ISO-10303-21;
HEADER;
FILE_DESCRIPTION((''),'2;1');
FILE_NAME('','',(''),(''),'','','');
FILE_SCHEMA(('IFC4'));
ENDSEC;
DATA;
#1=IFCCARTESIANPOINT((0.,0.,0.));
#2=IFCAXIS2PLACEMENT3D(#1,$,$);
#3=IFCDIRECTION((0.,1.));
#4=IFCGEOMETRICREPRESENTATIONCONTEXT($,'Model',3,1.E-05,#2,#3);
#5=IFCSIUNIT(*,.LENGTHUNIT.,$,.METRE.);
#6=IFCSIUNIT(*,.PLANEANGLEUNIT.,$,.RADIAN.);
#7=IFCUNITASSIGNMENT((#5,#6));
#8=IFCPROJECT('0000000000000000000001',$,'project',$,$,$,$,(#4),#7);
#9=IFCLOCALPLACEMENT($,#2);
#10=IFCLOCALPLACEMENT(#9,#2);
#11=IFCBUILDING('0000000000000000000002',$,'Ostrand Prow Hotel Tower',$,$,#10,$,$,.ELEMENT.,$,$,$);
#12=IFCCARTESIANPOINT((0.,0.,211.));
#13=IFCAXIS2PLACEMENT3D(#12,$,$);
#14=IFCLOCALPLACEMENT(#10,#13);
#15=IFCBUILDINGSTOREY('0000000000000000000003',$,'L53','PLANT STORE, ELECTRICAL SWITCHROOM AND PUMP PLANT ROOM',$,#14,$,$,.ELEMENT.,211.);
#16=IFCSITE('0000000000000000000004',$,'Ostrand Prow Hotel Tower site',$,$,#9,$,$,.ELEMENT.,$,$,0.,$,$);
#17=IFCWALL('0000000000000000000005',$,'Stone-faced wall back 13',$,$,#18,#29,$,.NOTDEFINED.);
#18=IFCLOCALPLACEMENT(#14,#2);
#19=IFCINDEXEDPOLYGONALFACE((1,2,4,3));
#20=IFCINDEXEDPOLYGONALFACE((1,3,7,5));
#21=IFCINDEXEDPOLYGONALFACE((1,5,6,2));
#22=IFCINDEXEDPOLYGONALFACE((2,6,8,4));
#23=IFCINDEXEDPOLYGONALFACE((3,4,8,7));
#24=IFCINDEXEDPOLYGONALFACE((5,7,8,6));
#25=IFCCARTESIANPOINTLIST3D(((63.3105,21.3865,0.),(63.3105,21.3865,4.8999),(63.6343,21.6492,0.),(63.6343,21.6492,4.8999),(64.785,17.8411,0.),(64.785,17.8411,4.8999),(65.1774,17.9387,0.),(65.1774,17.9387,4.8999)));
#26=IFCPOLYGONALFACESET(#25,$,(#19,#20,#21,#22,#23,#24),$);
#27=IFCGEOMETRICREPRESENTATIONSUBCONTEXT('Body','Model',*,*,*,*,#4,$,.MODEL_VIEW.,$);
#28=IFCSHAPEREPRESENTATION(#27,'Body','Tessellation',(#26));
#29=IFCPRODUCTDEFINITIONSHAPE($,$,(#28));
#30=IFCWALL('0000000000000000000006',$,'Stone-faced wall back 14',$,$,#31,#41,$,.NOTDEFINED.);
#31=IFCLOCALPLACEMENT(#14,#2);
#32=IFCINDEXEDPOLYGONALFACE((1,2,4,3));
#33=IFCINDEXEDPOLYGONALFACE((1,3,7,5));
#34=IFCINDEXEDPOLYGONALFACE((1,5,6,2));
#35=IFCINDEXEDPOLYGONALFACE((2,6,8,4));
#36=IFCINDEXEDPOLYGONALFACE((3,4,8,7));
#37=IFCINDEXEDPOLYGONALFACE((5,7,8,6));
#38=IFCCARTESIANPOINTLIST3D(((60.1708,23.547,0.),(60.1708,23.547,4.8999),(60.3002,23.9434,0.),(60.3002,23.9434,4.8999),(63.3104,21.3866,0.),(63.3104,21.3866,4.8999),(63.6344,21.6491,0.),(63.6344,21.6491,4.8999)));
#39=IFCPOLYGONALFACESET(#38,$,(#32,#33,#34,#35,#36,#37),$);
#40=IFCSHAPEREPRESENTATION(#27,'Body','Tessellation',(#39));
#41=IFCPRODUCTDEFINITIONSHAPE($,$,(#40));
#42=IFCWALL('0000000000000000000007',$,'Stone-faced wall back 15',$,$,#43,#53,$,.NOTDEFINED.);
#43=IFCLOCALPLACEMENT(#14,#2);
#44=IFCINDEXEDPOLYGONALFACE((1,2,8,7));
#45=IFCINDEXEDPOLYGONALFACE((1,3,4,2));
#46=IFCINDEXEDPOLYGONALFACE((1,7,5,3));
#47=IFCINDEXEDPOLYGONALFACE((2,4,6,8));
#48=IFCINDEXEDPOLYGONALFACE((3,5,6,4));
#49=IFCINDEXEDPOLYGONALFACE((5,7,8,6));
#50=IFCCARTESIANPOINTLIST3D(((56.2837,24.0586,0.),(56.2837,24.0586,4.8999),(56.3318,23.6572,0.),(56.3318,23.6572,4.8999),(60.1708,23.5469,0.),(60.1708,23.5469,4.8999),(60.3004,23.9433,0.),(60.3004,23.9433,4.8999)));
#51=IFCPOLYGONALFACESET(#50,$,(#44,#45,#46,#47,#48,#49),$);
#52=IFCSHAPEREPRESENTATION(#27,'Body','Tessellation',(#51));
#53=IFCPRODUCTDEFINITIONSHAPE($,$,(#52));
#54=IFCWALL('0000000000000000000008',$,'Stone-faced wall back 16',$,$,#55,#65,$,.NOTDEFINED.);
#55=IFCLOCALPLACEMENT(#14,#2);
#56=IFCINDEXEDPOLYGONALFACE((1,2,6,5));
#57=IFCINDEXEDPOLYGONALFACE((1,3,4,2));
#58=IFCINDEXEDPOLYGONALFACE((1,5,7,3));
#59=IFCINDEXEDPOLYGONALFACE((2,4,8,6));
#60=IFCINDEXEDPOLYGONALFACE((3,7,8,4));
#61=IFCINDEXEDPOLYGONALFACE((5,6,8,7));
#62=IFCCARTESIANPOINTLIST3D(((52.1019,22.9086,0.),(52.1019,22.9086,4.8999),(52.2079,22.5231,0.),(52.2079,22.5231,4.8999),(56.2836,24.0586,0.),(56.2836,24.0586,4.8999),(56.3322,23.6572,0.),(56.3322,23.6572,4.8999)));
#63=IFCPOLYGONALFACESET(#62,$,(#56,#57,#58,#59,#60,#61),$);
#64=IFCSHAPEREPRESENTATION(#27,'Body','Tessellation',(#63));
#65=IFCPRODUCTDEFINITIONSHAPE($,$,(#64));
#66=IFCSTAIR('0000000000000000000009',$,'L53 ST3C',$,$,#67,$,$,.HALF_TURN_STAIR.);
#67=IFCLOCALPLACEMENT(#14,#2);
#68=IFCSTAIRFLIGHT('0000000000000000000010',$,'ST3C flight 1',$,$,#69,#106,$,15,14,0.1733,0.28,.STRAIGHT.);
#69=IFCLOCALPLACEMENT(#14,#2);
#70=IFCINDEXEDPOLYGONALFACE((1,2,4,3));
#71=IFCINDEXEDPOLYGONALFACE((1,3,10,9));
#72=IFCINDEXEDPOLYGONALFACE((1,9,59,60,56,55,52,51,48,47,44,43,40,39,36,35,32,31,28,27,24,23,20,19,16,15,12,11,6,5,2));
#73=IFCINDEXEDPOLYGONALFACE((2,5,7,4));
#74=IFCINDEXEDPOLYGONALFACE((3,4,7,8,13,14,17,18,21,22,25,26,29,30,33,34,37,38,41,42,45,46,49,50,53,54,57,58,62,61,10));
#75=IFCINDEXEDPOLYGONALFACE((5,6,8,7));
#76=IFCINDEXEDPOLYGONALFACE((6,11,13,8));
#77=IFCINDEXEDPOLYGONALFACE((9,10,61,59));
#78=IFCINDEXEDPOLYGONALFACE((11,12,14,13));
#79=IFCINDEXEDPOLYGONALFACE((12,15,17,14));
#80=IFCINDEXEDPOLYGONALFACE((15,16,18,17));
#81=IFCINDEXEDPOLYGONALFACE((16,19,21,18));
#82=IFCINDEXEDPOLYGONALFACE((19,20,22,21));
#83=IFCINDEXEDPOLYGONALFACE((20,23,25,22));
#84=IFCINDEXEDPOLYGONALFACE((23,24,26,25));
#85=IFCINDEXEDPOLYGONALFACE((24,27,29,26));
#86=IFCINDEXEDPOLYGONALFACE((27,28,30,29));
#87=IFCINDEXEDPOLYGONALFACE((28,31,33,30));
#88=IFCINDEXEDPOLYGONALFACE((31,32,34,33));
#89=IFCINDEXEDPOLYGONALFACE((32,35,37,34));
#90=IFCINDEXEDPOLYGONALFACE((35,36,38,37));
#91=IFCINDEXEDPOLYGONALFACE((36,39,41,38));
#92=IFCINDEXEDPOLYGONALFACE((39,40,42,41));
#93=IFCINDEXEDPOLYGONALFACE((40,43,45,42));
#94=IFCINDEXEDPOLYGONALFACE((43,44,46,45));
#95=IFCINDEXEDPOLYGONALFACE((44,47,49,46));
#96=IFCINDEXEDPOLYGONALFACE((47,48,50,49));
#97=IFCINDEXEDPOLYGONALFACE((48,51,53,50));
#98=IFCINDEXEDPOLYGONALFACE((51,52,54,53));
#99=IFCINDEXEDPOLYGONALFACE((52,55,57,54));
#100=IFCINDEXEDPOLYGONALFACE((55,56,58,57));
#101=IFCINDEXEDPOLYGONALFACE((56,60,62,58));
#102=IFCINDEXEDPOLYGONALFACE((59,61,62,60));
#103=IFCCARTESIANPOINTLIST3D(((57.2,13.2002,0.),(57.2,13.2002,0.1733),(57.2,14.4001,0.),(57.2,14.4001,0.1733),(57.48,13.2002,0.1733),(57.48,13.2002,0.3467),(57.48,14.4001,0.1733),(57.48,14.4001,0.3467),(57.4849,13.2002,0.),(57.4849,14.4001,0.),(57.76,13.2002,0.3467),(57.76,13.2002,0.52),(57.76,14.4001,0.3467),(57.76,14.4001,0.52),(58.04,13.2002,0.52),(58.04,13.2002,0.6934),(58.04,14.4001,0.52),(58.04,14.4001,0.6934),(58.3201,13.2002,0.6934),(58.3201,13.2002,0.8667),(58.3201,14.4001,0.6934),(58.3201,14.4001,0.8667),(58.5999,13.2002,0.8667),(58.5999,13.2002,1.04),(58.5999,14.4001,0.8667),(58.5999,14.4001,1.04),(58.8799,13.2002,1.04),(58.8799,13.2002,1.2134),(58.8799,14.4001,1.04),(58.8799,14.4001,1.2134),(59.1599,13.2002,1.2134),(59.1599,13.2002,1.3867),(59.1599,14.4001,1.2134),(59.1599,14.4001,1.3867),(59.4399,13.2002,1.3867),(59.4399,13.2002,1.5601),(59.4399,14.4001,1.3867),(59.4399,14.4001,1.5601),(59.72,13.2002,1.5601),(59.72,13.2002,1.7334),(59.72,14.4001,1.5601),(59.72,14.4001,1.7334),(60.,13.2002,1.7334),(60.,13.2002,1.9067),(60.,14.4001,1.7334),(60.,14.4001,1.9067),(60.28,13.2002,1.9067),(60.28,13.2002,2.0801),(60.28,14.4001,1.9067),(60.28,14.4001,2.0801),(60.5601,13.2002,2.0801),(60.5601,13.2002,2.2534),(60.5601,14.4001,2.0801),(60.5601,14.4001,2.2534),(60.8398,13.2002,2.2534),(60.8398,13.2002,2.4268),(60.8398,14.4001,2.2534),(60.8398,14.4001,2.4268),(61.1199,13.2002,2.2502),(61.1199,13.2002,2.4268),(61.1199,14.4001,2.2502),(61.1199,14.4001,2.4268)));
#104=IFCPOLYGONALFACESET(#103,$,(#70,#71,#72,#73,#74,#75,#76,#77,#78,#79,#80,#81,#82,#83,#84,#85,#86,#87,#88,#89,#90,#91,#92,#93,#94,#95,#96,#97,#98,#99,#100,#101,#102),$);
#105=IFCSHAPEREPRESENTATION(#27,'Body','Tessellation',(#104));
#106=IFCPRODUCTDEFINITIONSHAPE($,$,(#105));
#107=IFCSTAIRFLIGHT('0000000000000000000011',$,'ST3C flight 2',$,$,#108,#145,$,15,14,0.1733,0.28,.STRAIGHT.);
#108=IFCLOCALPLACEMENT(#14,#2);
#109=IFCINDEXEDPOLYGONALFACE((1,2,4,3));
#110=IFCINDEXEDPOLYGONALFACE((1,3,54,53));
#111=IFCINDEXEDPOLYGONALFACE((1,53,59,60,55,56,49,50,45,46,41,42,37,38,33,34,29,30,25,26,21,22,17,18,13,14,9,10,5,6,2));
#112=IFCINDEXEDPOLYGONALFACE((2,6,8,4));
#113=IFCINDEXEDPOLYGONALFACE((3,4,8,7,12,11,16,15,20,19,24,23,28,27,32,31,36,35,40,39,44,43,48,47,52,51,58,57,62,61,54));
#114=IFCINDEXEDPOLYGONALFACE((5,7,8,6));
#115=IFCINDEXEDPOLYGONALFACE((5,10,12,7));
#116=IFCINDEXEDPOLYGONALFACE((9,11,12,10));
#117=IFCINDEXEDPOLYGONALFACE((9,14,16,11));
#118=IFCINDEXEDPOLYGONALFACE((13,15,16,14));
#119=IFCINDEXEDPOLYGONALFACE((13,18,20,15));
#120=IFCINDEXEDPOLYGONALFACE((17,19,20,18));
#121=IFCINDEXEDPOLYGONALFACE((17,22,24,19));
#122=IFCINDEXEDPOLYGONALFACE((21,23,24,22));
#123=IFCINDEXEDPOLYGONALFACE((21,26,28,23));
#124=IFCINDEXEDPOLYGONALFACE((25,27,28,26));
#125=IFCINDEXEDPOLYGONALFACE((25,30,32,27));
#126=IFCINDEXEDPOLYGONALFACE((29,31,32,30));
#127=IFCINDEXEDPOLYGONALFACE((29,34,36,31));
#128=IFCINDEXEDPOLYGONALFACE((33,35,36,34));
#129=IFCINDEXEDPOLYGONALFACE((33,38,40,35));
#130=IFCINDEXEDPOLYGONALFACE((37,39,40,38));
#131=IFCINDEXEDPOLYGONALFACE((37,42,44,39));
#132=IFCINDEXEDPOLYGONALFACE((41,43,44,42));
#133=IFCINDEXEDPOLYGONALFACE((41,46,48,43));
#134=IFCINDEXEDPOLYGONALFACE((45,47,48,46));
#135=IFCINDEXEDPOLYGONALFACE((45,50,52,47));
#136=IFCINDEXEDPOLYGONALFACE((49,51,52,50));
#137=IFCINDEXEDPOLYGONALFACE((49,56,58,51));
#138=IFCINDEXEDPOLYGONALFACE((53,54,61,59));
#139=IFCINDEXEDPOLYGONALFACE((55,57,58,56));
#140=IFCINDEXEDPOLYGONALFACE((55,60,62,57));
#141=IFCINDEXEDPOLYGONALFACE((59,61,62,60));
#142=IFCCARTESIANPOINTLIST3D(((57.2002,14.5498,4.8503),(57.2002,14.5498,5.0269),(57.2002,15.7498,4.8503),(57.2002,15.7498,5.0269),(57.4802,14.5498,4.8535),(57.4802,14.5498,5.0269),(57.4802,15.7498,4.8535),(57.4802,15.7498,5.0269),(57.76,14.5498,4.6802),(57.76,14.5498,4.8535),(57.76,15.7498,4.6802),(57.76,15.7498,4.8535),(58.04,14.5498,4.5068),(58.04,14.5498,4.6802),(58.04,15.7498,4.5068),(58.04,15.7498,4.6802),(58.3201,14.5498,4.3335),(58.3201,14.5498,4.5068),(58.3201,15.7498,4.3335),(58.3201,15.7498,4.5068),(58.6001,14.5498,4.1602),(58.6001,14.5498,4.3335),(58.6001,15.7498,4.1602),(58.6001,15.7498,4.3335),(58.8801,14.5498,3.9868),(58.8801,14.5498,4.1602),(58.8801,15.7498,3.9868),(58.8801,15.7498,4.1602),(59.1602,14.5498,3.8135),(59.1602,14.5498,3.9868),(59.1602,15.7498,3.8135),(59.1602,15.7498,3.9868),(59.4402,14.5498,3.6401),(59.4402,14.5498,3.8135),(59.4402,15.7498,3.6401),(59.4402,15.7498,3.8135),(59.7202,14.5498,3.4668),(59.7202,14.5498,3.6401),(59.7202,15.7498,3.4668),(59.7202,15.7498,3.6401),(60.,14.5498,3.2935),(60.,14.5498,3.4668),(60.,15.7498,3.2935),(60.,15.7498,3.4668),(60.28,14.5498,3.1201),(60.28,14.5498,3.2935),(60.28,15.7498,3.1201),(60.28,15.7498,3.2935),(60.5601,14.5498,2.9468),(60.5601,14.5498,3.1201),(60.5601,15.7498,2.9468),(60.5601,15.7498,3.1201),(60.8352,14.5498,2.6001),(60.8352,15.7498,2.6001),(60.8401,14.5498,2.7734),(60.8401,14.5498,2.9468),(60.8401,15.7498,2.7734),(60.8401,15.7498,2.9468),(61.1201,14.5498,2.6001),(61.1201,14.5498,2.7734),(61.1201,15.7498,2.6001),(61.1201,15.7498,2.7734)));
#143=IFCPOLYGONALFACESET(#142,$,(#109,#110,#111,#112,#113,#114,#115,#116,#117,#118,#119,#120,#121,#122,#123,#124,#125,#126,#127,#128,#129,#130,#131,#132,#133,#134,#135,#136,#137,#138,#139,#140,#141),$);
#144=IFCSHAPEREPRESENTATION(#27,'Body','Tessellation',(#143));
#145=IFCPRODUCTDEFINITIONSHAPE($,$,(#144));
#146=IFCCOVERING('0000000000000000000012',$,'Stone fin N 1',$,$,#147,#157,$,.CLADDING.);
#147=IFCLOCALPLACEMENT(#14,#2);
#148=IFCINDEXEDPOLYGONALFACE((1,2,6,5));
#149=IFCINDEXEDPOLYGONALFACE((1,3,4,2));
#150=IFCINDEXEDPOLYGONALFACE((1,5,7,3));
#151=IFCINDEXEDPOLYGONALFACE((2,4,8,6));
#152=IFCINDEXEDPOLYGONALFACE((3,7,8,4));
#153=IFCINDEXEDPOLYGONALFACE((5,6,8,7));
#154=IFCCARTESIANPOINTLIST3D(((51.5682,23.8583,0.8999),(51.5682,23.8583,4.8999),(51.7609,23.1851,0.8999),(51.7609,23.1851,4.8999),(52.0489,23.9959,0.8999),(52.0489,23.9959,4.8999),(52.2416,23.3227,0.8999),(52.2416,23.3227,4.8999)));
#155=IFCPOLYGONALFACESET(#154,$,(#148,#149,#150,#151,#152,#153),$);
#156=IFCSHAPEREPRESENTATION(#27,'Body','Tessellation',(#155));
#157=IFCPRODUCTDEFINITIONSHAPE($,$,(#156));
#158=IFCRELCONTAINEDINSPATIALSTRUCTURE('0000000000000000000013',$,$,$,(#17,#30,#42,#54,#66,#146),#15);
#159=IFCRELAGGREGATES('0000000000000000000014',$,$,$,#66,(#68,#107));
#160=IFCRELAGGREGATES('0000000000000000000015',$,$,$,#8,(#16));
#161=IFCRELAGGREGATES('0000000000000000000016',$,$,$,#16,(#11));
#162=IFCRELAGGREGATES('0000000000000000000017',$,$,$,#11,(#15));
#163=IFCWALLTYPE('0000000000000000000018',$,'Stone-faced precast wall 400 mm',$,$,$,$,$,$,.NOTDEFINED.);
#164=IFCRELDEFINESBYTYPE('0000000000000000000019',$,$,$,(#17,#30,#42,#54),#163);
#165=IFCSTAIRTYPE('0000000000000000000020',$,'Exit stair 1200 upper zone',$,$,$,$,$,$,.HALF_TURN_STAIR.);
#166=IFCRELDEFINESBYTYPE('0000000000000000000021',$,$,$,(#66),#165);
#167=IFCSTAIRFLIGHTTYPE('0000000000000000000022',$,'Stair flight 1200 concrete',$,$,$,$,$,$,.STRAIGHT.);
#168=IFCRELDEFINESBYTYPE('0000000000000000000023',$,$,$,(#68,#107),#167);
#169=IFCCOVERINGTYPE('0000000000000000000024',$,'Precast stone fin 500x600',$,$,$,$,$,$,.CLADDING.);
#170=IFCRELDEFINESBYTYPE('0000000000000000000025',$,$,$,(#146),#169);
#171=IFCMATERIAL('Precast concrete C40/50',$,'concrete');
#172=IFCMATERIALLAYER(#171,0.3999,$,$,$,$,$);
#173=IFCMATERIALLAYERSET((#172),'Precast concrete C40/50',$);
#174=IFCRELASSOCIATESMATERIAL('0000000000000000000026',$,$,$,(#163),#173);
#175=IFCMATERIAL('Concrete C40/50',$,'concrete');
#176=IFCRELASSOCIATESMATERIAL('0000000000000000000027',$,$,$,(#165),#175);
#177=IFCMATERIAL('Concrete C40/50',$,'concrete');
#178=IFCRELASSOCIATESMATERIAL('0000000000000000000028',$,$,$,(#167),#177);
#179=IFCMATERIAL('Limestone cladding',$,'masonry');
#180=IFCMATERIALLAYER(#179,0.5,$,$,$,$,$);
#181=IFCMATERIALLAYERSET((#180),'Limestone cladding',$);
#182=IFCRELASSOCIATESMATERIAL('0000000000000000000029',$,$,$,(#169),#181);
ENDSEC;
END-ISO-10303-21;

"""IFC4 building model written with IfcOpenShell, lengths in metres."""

from ifc_helpers import new_model, si_unit, direction, frame, frame_2d, origin, place, context, subcontext, project, spatial, polyline, rectangle, outline, extrude, material, layer, layer_set, type_object, element, aggregate, save


model = new_model("IFC4")

# Units and contexts
model_context = context("Model", 3, precision=1e-05, world=origin(), true_north=direction((0.0, 1.0)))
body_context = subcontext(model_context, "Body", "Model", "MODEL_VIEW")
ifc_project = project(units=[si_unit("LENGTHUNIT", "METRE"), si_unit("PLANEANGLEUNIT", "RADIAN")], contexts=[model_context])

# Site, building, storey
site_placement = place(None, origin())
site = spatial("IfcSite", under=ifc_project, at=site_placement, Name="Ostrand Prow Hotel Tower site", CompositionType="ELEMENT", RefElevation=0.0)
building_placement = place(site_placement, origin())
building = spatial("IfcBuilding", under=site, at=building_placement, Name="Ostrand Prow Hotel Tower", CompositionType="ELEMENT")
storey_placement = place(building_placement, frame((0.0, 0.0, 211.0)))
storey = spatial("IfcBuildingStorey", under=building, at=storey_placement, Name="L53", Description="PLANT STORE, ELECTRICAL SWITCHROOM AND PUMP PLANT ROOM", CompositionType="ELEMENT", Elevation=211.0)

# Walls
ifc_material_1 = material(Name="Precast concrete C40/50", Category="concrete")
ifc_layer_1 = layer(ifc_material_1, 0.3999)
ifc_layer_set_1 = layer_set([ifc_layer_1], Name="Precast concrete C40/50")
wall_type_1 = type_object("IfcWallType", Name="Stone-faced precast wall 400 mm", PredefinedType="NOTDEFINED", material=ifc_layer_set_1)
wall_1_placement = place(storey_placement, frame((64.9812, 17.8899, 0.0), z_axis=(0.0, 0.0, 1.0), x_axis=(-0.383998, 0.923334, 0.0)))
element("IfcWall", 1, at=wall_1_placement, inside=storey, type_object=wall_type_1, Name="Stone-faced wall back 13", PredefinedType="NOTDEFINED", context=body_context, shape_type="SweptSolid", body=[
    extrude(outline(polyline([(-0.0303, -0.2), (3.9883, -0.2), (3.8701, 0.2), (0.0303, 0.2), (-0.0303, -0.2)])), origin(), (0.0, 0.0, 1.0), 4.8999),
])
wall_2_placement = place(storey_placement, frame((63.4724, 21.5178, 0.0), z_axis=(0.0, 0.0, 1.0), x_axis=(-0.823806, 0.566872, 0.0)))
element("IfcWall", 2, at=wall_2_placement, inside=storey, type_object=wall_type_1, Name="Stone-faced wall back 14", PredefinedType="NOTDEFINED", context=body_context, shape_type="SweptSolid", body=[
    extrude(outline(polyline([(-0.0591, -0.2), (3.9883, -0.2), (3.8701, 0.2), (0.0591, 0.2), (-0.0591, -0.2)])), origin(), (0.0, 0.0, 1.0), 4.8999),
])
wall_3_placement = place(storey_placement, frame((60.2356, 23.7451, 0.0), z_axis=(0.0, 0.0, 1.0), x_axis=(-0.999588, 0.028705, 0.0)))
element("IfcWall", 3, at=wall_3_placement, inside=storey, type_object=wall_type_1, Name="Stone-faced wall back 15", PredefinedType="NOTDEFINED", context=body_context, shape_type="SweptSolid", body=[
    extrude(outline(polyline([(-0.0591, -0.2), (3.9592, -0.2), (3.8997, 0.2), (0.0591, 0.2), (-0.0591, -0.2)])), origin(), (0.0, 0.0, 1.0), 4.8999),
])
wall_4_placement = place(storey_placement, frame((56.3079, 23.8579, 0.0), z_axis=(0.0, 0.0, 1.0), x_axis=(-0.964206, -0.265155, 0.0)))
element("IfcWall", 4, at=wall_4_placement, inside=storey, type_object=wall_type_1, Name="Stone-faced wall back 16", PredefinedType="NOTDEFINED", context=body_context, shape_type="SweptSolid", body=[
    extrude(outline(polyline([(-0.0298, -0.2), (4.3071, -0.2), (4.3071, 0.2), (0.0298, 0.2), (-0.0298, -0.2)])), origin(), (0.0, 0.0, 1.0), 4.8999),
])

# Stair, stair flights
ifc_material_2 = material(Name="Concrete C40/50", Category="concrete")
stair_type = type_object("IfcStairType", Name="Exit stair 1200 upper zone", PredefinedType="HALF_TURN_STAIR", material=ifc_material_2)
stair_placement = place(storey_placement, origin())
stair = element("IfcStair", 5, at=stair_placement, inside=storey, type_object=stair_type, Name="L53 ST3C", PredefinedType="HALF_TURN_STAIR")
ifc_material_3 = material(Name="Concrete C40/50", Category="concrete")
stair_flight_type = type_object("IfcStairFlightType", Name="Stair flight 1200 concrete", PredefinedType="STRAIGHT", material=ifc_material_3)
stair_flight_1_placement = place(storey_placement, frame((57.2, 13.8, 0.0), z_axis=(0.0, 0.0, 1.0), x_axis=(1.0, 0.0, 0.0)))
stair_flight_1 = element("IfcStairFlight", 6, at=stair_flight_1_placement, type_object=stair_flight_type, Name="ST3C flight 1", NumberOfRisers=15, NumberOfTreads=14, PredefinedType="STRAIGHT", RiserHeight=0.1733, TreadLength=0.28, context=body_context, shape_type="SweptSolid", body=[
    extrude(outline(polyline([(0.0, 0.0), (0.0, 0.1733), (0.28, 0.1733), (0.28, 0.3467), (0.5601, 0.3467), (0.5601, 0.52), (0.8401, 0.52), (0.8401, 0.6934), (1.1201, 0.6934), (1.1201, 0.8667), (1.3999, 0.8667), (1.3999, 1.04), (1.6799, 1.04), (1.6799, 1.2134), (1.96, 1.2134), (1.96, 1.3867), (2.24, 1.3867), (2.24, 1.5601), (2.52, 1.5601), (2.52, 1.7334), (2.8, 1.7334), (2.8, 1.9067), (3.0801, 1.9067), (3.0801, 2.0801), (3.3601, 2.0801), (3.3601, 2.2534), (3.6399, 2.2534), (3.6399, 2.4268), (3.9199, 2.4268), (3.9199, 2.6001), (3.9199, 2.2502), (0.2849, 0.0), (0.0, 0.0)])), frame((0.0, 0.6001, 0.0), z_axis=(0.0, -1.0, 0.0), x_axis=(1.0, 0.0, 0.0)), (0.0, 0.0, 1.0), 1.2),
])
stair_flight_2_placement = place(storey_placement, frame((61.1201, 15.1499, 2.6001), z_axis=(0.0, 0.0, 1.0), x_axis=(-1.0, 0.0, 0.0)))
stair_flight_2 = element("IfcStairFlight", 7, at=stair_flight_2_placement, type_object=stair_flight_type, Name="ST3C flight 2", NumberOfRisers=15, NumberOfTreads=14, PredefinedType="STRAIGHT", RiserHeight=0.1733, TreadLength=0.28, context=body_context, shape_type="SweptSolid", body=[
    extrude(outline(polyline([(0.0, 0.0), (0.0, 0.1733), (0.28, 0.1733), (0.28, 0.3467), (0.5601, 0.3467), (0.5601, 0.52), (0.8401, 0.52), (0.8401, 0.6934), (1.1201, 0.6934), (1.1201, 0.8667), (1.3999, 0.8667), (1.3999, 1.04), (1.6799, 1.04), (1.6799, 1.2134), (1.96, 1.2134), (1.96, 1.3867), (2.24, 1.3867), (2.24, 1.5601), (2.52, 1.5601), (2.52, 1.7334), (2.8, 1.7334), (2.8, 1.9067), (3.0801, 1.9067), (3.0801, 2.0801), (3.3601, 2.0801), (3.3601, 2.2534), (3.6399, 2.2534), (3.6399, 2.4268), (3.9199, 2.4268), (3.9199, 2.6001), (3.9199, 2.2502), (0.2849, 0.0), (0.0, 0.0)])), frame((0.0, 0.6001, 0.0), z_axis=(0.0, -1.0, 0.0), x_axis=(1.0, 0.0, 0.0)), (0.0, 0.0, 1.0), 1.2),
])
aggregate(stair, [stair_flight_1, stair_flight_2])

# Covering
ifc_material_4 = material(Name="Limestone cladding", Category="masonry")
ifc_layer_2 = layer(ifc_material_4, 0.5)
ifc_layer_set_2 = layer_set([ifc_layer_2], Name="Limestone cladding")
covering_type_1 = type_object("IfcCoveringType", Name="Precast stone fin 500x600", PredefinedType="CLADDING", material=ifc_layer_set_2)
covering_1_placement = place(storey_placement, frame((52.0012, 23.2539, 0.8999), z_axis=(0.0, 0.0, 1.0), x_axis=(-0.275136, 0.961405, 0.0)))
element("IfcCovering", 8, at=covering_1_placement, inside=storey, type_object=covering_type_1, Name="Stone fin N 1", PredefinedType="CLADDING", context=body_context, shape_type="SweptSolid", body=[
    extrude(rectangle(XDim=0.7002, YDim=0.5, at=frame_2d((0.3501, 0.0))), origin(), (0.0, 0.0, 1.0), 4.0),
])

save(model, "model.ifc")
